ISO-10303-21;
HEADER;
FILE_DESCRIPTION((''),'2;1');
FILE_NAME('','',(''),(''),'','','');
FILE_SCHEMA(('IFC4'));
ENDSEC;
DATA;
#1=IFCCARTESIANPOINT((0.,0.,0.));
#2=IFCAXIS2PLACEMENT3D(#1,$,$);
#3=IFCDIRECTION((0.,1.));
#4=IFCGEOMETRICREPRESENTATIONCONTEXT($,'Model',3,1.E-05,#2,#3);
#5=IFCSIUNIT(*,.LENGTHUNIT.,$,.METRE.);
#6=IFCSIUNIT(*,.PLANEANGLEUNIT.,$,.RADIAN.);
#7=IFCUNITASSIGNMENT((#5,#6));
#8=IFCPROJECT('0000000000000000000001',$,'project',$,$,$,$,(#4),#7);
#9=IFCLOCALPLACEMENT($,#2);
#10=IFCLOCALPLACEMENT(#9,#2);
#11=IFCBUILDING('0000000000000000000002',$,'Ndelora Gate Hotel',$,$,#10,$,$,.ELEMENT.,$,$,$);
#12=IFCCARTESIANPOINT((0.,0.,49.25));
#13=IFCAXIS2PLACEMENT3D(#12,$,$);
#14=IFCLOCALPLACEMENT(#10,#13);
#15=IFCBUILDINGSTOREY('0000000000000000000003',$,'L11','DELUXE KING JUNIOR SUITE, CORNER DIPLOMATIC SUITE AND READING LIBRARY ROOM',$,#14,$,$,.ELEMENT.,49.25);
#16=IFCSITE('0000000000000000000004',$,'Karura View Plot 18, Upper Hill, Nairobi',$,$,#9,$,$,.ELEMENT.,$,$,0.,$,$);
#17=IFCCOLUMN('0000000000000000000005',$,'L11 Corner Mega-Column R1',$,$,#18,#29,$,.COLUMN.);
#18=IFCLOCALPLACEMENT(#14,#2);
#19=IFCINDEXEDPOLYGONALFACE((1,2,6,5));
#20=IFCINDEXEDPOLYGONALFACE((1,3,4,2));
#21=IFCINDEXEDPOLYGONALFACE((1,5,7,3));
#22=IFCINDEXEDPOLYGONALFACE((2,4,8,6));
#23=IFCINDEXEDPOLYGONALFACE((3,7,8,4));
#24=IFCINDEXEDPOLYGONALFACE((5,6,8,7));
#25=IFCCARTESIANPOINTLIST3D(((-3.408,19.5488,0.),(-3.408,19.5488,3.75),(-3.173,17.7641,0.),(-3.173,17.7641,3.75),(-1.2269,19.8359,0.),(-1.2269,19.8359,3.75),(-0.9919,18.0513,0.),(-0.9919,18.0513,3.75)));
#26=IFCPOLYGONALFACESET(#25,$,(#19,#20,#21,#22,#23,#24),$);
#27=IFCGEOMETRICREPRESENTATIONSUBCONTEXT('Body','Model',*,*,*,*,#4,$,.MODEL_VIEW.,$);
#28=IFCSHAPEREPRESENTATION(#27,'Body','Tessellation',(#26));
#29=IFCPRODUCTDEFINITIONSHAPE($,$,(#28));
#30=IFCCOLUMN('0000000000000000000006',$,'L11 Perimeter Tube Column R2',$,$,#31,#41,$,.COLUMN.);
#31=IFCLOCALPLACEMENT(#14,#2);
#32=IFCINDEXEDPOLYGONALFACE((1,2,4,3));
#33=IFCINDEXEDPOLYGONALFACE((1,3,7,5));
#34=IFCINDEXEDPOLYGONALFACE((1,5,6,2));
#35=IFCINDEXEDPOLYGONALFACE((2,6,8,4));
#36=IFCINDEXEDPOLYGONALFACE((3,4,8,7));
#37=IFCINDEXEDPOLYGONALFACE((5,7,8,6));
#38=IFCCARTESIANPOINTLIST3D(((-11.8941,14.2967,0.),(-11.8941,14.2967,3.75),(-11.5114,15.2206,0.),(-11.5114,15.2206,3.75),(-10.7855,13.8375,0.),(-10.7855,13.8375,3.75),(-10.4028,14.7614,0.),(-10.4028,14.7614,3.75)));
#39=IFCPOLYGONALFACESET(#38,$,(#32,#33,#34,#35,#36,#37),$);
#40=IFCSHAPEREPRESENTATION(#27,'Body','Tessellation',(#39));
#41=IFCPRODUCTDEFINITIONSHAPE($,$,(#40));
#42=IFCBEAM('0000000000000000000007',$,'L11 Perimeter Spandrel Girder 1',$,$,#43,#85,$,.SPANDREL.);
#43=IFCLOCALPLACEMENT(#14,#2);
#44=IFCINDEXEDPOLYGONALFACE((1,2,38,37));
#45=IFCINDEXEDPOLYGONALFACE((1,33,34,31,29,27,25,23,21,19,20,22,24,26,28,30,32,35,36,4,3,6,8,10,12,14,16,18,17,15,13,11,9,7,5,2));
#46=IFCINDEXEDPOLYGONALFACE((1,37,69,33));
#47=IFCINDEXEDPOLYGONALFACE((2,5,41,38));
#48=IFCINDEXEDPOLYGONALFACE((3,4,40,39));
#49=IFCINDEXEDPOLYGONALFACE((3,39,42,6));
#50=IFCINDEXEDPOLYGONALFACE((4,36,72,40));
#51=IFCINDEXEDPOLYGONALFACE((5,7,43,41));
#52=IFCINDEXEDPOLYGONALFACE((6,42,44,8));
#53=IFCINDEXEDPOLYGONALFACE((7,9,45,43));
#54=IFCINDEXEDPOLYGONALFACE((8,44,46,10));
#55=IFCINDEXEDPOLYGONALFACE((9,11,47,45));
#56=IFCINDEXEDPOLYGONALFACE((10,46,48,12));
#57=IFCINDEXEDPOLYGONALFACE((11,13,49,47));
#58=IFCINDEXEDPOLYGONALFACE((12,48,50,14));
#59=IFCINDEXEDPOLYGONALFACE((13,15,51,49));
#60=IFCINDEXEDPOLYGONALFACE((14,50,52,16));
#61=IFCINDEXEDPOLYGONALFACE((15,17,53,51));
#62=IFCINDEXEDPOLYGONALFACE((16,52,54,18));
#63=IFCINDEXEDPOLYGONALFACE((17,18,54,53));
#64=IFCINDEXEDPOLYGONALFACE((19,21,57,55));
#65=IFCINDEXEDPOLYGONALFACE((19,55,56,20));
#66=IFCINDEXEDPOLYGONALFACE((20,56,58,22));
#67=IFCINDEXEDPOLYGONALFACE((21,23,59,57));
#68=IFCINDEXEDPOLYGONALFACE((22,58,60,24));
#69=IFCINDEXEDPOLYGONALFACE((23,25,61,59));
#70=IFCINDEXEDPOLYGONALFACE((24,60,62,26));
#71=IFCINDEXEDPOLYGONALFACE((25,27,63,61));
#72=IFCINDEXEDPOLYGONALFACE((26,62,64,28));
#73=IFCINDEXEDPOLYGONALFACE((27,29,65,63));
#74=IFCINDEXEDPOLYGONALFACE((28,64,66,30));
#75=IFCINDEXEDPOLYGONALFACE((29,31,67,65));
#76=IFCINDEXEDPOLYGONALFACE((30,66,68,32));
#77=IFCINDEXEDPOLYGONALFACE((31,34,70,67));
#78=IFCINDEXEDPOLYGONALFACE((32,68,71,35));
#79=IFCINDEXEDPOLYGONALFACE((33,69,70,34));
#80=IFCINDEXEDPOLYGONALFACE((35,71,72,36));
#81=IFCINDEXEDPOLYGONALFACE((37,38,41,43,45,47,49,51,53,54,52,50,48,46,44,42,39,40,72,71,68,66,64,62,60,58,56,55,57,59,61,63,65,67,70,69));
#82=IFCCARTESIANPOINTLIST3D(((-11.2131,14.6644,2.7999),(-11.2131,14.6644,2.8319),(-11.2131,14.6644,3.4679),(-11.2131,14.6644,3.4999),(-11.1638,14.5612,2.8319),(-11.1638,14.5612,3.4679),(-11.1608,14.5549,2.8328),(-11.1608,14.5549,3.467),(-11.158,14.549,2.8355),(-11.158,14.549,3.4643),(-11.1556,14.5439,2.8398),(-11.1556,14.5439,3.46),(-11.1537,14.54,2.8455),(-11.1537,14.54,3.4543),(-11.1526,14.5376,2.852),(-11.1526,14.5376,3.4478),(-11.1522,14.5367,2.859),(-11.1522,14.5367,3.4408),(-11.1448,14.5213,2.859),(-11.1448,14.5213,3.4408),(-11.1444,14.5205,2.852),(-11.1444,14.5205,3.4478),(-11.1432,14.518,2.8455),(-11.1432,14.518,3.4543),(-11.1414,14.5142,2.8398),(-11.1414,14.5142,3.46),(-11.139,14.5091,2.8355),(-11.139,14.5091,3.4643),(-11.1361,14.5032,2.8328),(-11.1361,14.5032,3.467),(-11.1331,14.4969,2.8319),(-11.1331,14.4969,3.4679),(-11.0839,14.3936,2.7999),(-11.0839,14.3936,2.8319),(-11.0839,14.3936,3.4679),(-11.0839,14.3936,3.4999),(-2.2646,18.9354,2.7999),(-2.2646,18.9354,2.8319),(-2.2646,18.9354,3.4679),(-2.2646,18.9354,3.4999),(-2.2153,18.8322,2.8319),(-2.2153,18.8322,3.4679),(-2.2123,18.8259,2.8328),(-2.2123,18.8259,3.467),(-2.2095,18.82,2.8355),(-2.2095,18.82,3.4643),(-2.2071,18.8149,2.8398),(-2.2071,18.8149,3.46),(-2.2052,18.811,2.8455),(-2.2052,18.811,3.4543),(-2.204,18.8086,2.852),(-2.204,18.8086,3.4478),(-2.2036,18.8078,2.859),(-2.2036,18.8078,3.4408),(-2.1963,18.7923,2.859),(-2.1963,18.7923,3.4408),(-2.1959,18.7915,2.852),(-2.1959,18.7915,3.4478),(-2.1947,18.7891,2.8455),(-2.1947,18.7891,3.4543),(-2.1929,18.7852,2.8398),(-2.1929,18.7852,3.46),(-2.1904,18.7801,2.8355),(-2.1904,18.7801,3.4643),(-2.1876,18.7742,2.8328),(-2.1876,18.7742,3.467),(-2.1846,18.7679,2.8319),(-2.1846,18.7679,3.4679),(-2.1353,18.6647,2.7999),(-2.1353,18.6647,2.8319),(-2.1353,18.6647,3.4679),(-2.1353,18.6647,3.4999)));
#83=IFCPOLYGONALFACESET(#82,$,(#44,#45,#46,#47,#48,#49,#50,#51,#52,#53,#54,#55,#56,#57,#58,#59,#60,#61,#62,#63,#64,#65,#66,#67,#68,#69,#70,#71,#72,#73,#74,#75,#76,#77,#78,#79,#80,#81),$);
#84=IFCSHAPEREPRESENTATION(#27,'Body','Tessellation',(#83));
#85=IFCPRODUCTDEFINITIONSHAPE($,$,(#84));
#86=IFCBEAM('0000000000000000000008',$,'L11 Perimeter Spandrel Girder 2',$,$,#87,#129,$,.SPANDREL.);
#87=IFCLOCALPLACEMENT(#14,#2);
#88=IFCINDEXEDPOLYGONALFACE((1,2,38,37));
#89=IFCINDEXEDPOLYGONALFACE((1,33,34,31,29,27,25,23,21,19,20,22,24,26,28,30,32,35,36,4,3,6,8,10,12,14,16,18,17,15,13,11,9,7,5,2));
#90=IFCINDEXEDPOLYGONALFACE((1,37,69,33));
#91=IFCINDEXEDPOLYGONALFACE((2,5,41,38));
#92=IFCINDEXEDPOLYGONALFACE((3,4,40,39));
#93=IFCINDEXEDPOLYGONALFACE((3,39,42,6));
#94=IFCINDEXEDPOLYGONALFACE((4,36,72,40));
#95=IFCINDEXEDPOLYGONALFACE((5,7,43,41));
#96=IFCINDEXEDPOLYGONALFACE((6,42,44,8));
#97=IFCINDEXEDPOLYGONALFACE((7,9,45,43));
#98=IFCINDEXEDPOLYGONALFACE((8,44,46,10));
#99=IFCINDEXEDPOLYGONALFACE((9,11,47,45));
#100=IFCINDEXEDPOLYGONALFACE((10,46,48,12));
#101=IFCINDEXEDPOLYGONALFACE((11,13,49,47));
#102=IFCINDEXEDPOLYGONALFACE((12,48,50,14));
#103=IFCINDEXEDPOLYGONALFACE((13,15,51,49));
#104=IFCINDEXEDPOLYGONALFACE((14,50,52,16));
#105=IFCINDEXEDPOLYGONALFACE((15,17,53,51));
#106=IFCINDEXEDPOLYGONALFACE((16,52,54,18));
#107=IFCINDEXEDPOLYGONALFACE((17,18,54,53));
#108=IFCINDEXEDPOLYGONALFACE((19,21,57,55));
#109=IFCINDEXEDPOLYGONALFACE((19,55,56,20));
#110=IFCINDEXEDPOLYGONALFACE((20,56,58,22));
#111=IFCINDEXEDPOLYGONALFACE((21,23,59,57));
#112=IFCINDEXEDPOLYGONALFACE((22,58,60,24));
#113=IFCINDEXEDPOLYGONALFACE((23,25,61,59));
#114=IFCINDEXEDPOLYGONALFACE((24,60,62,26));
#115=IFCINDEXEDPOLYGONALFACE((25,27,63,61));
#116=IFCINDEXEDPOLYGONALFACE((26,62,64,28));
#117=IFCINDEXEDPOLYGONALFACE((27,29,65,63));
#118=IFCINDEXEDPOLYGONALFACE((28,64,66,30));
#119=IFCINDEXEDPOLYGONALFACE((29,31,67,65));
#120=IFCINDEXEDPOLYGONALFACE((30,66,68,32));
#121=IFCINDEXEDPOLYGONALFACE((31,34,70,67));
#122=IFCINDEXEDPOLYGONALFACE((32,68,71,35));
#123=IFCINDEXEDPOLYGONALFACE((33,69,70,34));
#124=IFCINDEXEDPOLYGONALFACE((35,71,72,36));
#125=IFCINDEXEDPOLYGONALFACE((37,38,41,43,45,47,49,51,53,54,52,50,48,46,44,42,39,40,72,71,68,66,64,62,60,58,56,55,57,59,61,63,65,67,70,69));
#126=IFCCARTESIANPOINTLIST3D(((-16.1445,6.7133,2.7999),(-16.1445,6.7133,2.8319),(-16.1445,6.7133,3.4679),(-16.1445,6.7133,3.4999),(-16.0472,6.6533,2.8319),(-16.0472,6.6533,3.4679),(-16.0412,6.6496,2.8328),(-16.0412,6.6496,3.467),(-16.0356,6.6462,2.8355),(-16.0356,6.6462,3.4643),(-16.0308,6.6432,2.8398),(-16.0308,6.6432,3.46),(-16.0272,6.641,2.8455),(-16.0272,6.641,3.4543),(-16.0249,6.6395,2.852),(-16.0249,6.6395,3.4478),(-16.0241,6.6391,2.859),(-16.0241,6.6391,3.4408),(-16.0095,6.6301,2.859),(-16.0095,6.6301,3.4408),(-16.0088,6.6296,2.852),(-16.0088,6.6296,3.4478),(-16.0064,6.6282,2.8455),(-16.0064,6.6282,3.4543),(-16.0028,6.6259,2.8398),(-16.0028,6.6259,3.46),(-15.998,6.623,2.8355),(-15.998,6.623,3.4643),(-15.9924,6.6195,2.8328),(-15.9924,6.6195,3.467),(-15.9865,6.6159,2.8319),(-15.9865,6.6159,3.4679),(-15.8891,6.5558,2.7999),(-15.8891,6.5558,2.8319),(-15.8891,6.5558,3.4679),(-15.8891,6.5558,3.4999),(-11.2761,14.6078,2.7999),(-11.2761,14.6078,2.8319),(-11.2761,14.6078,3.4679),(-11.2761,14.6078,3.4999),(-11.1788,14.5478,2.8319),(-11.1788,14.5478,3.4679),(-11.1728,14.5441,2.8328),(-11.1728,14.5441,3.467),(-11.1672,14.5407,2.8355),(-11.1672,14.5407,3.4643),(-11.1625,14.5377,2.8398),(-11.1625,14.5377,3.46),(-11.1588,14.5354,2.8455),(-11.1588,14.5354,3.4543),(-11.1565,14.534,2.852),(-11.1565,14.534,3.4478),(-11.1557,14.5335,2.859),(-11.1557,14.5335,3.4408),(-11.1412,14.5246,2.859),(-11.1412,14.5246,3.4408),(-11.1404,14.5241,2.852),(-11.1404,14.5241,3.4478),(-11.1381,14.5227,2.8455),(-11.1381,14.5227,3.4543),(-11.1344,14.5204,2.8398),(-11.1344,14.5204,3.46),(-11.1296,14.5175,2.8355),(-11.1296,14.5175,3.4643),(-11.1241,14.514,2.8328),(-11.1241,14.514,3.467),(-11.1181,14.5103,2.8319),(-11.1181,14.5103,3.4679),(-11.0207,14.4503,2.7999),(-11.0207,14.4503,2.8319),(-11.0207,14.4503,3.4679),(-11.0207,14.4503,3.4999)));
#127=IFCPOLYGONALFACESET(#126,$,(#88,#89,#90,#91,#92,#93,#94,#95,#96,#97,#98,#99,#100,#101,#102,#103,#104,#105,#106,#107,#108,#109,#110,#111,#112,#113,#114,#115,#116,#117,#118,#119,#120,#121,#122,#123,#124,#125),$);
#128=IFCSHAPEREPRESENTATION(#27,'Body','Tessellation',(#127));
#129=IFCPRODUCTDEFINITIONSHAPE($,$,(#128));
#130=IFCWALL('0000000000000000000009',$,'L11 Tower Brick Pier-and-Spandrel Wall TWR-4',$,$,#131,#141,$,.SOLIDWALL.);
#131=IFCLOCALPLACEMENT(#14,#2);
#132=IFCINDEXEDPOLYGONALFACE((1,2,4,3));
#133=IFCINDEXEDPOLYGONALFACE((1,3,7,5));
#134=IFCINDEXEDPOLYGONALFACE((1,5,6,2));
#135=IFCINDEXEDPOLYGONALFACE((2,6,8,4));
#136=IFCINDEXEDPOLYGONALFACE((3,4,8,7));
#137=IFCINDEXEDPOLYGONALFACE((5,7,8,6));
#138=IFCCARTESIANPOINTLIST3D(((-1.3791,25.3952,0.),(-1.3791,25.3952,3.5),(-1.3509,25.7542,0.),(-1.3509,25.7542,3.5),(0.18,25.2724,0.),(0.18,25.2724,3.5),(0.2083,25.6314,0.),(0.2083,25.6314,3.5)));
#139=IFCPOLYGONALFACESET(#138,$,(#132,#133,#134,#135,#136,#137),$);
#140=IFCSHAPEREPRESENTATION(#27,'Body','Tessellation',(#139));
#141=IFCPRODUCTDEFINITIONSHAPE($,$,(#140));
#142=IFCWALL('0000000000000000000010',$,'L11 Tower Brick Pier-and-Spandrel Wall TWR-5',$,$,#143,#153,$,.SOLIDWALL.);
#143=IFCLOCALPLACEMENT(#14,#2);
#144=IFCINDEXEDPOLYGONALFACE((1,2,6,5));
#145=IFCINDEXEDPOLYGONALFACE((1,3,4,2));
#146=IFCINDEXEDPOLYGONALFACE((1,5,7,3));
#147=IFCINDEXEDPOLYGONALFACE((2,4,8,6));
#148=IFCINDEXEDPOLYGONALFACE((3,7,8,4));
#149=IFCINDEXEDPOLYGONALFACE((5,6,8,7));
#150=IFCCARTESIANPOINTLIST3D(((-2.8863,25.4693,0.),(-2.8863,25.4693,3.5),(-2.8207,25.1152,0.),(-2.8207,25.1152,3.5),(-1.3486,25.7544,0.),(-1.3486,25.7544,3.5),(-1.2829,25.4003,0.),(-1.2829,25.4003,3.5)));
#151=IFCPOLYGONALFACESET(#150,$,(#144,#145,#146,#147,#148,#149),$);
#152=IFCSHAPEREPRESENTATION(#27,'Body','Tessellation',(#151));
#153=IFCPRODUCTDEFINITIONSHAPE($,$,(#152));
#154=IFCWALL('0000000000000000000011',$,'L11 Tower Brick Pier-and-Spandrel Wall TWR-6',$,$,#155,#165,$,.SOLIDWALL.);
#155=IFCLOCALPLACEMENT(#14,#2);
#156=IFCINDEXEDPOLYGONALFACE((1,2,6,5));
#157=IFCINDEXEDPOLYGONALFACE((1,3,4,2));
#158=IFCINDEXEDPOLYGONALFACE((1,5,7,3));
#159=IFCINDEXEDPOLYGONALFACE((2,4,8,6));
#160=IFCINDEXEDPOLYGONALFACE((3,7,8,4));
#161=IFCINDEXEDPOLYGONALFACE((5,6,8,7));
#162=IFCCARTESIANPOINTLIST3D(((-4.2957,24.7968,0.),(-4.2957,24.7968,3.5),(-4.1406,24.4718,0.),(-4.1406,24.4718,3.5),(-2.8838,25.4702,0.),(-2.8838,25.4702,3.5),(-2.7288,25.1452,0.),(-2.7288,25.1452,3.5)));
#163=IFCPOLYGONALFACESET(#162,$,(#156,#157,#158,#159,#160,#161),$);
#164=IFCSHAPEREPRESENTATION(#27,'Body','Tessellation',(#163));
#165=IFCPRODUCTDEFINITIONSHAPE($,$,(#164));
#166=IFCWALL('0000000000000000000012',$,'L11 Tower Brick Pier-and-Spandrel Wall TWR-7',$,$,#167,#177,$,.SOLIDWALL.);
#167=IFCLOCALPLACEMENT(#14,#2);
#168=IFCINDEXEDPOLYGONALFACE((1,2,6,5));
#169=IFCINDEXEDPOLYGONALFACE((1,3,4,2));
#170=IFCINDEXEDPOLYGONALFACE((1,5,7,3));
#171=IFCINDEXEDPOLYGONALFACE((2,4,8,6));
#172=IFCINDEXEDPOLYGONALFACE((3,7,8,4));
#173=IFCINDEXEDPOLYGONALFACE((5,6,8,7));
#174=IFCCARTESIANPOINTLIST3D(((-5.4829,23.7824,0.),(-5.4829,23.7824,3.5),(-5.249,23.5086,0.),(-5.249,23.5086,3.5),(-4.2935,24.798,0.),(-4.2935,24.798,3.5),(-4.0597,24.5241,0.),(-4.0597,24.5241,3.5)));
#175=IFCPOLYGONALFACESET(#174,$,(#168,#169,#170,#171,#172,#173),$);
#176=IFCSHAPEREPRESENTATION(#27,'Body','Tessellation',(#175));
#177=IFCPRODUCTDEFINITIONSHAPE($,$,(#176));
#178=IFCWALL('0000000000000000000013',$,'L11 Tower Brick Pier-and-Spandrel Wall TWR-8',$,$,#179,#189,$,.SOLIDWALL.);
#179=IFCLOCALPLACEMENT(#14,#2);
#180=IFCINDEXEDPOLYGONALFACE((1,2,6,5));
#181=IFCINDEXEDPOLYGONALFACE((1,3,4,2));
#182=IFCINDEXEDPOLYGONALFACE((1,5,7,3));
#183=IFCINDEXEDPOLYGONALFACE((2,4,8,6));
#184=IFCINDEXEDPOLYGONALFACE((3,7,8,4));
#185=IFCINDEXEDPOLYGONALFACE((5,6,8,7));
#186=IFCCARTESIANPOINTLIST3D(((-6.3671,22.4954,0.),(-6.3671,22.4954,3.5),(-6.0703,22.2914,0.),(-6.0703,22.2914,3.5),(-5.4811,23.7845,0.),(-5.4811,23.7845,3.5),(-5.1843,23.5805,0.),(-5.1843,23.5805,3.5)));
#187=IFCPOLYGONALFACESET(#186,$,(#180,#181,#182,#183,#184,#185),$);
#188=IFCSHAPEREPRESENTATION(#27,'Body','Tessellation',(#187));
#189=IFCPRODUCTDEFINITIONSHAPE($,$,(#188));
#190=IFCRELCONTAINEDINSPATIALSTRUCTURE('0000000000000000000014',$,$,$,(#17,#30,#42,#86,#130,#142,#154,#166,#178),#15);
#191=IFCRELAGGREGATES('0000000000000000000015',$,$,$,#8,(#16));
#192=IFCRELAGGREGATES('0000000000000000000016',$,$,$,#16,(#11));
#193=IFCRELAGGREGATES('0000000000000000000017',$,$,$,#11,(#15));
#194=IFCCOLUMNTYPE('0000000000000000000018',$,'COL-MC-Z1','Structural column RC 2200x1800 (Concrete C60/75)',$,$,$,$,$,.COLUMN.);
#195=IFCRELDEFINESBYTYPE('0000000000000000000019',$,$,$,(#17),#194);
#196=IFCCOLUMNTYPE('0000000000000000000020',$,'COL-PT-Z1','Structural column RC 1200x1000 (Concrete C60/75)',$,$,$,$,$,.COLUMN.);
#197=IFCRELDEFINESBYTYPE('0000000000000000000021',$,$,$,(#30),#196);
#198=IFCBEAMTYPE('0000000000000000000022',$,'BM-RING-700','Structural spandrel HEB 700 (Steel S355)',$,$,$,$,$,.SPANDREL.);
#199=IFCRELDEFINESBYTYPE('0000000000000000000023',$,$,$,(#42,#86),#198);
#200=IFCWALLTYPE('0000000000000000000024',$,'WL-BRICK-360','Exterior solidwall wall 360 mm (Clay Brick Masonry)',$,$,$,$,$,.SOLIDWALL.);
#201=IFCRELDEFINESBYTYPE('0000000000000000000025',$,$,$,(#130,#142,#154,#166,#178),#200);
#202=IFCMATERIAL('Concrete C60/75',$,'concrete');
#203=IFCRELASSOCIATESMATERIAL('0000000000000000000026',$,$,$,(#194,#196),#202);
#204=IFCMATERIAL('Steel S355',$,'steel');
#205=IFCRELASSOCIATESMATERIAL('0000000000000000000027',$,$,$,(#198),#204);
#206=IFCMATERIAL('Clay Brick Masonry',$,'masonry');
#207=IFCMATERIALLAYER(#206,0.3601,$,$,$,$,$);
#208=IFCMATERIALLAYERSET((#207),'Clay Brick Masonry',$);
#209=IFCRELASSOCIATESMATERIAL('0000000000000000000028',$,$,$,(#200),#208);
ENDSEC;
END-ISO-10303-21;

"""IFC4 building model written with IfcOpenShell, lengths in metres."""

from ifc_helpers import new_model, si_unit, direction, frame, frame_2d, origin, origin_2d, place, context, subcontext, project, spatial, rectangle, i_section, extrude, material, layer, layer_set, material_profile, profile_set, type_object, element, save


model = new_model("IFC4")

# Units and contexts
model_context = context("Model", 3, precision=1e-05, world=origin(), true_north=direction((0.0, 1.0)))
body_context = subcontext(model_context, "Body", "Model", "MODEL_VIEW")
ifc_project = project(units=[si_unit("LENGTHUNIT", "METRE"), si_unit("PLANEANGLEUNIT", "RADIAN")], contexts=[model_context])

# Site, building, storey
site_placement = place(None, origin())
site = spatial("IfcSite", under=ifc_project, at=site_placement, Name="Karura View Plot 18, Upper Hill, Nairobi", CompositionType="ELEMENT", RefElevation=0.0)
building_placement = place(site_placement, origin())
building = spatial("IfcBuilding", under=site, at=building_placement, Name="Ndelora Gate Hotel", CompositionType="ELEMENT")
storey_placement = place(building_placement, frame((0.0, 0.0, 49.25)))
storey = spatial("IfcBuildingStorey", under=building, at=storey_placement, Name="L11", Description="DELUXE KING JUNIOR SUITE, CORNER DIPLOMATIC SUITE AND READING LIBRARY ROOM", CompositionType="ELEMENT", Elevation=49.25)

# Columns
ifc_material_1 = material(Name="Concrete C60/75", Category="concrete")
ifc_material_profile_1 = material_profile(ifc_material_1, rectangle(XDim=1.8, YDim=2.2, at=origin_2d()), Name="RC 2200x1800")
ifc_profile_set_1 = profile_set([ifc_material_profile_1], Name="Concrete C60/75")
column_type_1 = type_object("IfcColumnType", Name="COL-MC-Z1", Description="Structural column RC 2200x1800 (Concrete C60/75)", PredefinedType="COLUMN", material=ifc_profile_set_1)
column_1_placement = place(storey_placement, frame((-2.2, 18.8, 0.0), z_axis=(0.0, 0.0, 1.0), x_axis=(-0.130526, 0.991445, 0.0)))
element("IfcColumn", 1, at=column_1_placement, inside=storey, type_object=column_type_1, Name="L11 Corner Mega-Column R1", PredefinedType="COLUMN", context=body_context, shape_type="SweptSolid", body=[
    extrude(rectangle(XDim=1.8, YDim=2.2, at=origin_2d()), origin(), (0.0, 0.0, 1.0), 3.75),
])
ifc_material_profile_2 = material_profile(ifc_material_1, rectangle(XDim=1.0, YDim=1.2, at=origin_2d()), Name="RC 1200x1000")
ifc_profile_set_2 = profile_set([ifc_material_profile_2], Name="Concrete C60/75")
column_type_2 = type_object("IfcColumnType", Name="COL-PT-Z1", Description="Structural column RC 1200x1000 (Concrete C60/75)", PredefinedType="COLUMN", material=ifc_profile_set_2)
column_2_placement = place(storey_placement, frame((-11.1484, 14.5291, 0.0), z_axis=(0.0, 0.0, 1.0), x_axis=(0.382683, 0.92388, 0.0)))
element("IfcColumn", 2, at=column_2_placement, inside=storey, type_object=column_type_2, Name="L11 Perimeter Tube Column R2", PredefinedType="COLUMN", context=body_context, shape_type="SweptSolid", body=[
    extrude(rectangle(XDim=1.0, YDim=1.2, at=origin_2d()), origin(), (0.0, 0.0, 1.0), 3.75),
])

# Beams
ifc_material_2 = material(Name="Steel S355", Category="steel")
ifc_material_profile_3 = material_profile(ifc_material_2, i_section(OverallWidth=0.3, OverallDepth=0.7, WebThickness=0.0171, FlangeThickness=0.032, FilletRadius=0.0271, at=origin_2d()), Name="HEB 700")
ifc_profile_set_3 = profile_set([ifc_material_profile_3], Name="Steel S355")
beam_type = type_object("IfcBeamType", Name="BM-RING-700", Description="Structural spandrel HEB 700 (Steel S355)", PredefinedType="SPANDREL", material=ifc_profile_set_3)
beam_1_placement = place(storey_placement, frame((-2.2, 18.8, 3.1499), z_axis=(-0.902476, -0.43074, 0.0), x_axis=(0.43074, -0.902476, 0.0)))
element("IfcBeam", 3, at=beam_1_placement, inside=storey, type_object=beam_type, Name="L11 Perimeter Spandrel Girder 1", PredefinedType="SPANDREL", context=body_context, shape_type="SweptSolid", body=[
    extrude(i_section(OverallWidth=0.3, OverallDepth=0.7, WebThickness=0.0171, FlangeThickness=0.032, FilletRadius=0.0271, at=origin_2d()), origin(), (0.0, 0.0, 1.0), 9.9155),
])
beam_2_placement = place(storey_placement, frame((-11.1484, 14.5291, 3.1499), z_axis=(-0.524898, -0.851165, 0.0), x_axis=(0.851165, -0.524898, 0.0)))
element("IfcBeam", 4, at=beam_2_placement, inside=storey, type_object=beam_type, Name="L11 Perimeter Spandrel Girder 2", PredefinedType="SPANDREL", context=body_context, shape_type="SweptSolid", body=[
    extrude(i_section(OverallWidth=0.3, OverallDepth=0.7, WebThickness=0.0171, FlangeThickness=0.032, FilletRadius=0.0271, at=origin_2d()), origin(), (0.0, 0.0, 1.0), 9.2749),
])

# Walls
ifc_material_3 = material(Name="Clay Brick Masonry", Category="masonry")
ifc_layer_1 = layer(ifc_material_3, 0.3601)
ifc_layer_set_1 = layer_set([ifc_layer_1], Name="Clay Brick Masonry")
wall_type_1 = type_object("IfcWallType", Name="WL-BRICK-360", Description="Exterior solidwall wall 360 mm (Clay Brick Masonry)", PredefinedType="SOLIDWALL", material=ifc_layer_set_1)
for number, where, z_axis, x_axis, name in (
    (5, (-1.365, 25.5747, 0.0), (0.0, 0.0, 1.0), (0.996912, -0.078523, 0.0), "L11 Tower Brick Pier-and-Spandrel Wall TWR-4"),
    (6, (-2.8535, 25.2922, 0.0), (0.0, 0.0, 1.0), (0.98324, 0.182318, 0.0), "L11 Tower Brick Pier-and-Spandrel Wall TWR-5"),
):
    element("IfcWall", number, at=place(storey_placement, frame(where, z_axis=z_axis, x_axis=x_axis)), inside=storey, type_object=wall_type_1, Name=name, PredefinedType="SOLIDWALL", context=body_context, shape_type="SweptSolid", body=[
        extrude(rectangle(XDim=1.564, YDim=0.3601, at=frame_2d((0.782, 0.0))), origin(), (0.0, 0.0, 1.0), 3.5),
    ])
wall_1_placement = place(storey_placement, frame((-4.2183, 24.6343, 0.0), z_axis=(0.0, 0.0, 1.0), x_axis=(0.902606, 0.430467, 0.0)))
element("IfcWall", 7, at=wall_1_placement, inside=storey, type_object=wall_type_1, Name="L11 Tower Brick Pier-and-Spandrel Wall TWR-6", PredefinedType="SOLIDWALL", context=body_context, shape_type="SweptSolid", body=[
    extrude(rectangle(XDim=1.5642, YDim=0.3601, at=frame_2d((0.7822, 0.0))), origin(), (0.0, 0.0, 1.0), 3.5),
])
wall_2_placement = place(storey_placement, frame((-5.366, 23.6455, 0.0), z_axis=(0.0, 0.0, 1.0), x_axis=(0.760489, 0.64935, 0.0)))
element("IfcWall", 8, at=wall_2_placement, inside=storey, type_object=wall_type_1, Name="L11 Tower Brick Pier-and-Spandrel Wall TWR-7", PredefinedType="SOLIDWALL", context=body_context, shape_type="SweptSolid", body=[
    extrude(rectangle(XDim=1.564, YDim=0.3601, at=frame_2d((0.782, 0.0))), origin(), (0.0, 0.0, 1.0), 3.5),
])
wall_3_placement = place(storey_placement, frame((-6.2188, 22.3933, 0.0), z_axis=(0.0, 0.0, 1.0), x_axis=(0.566423, 0.824115, 0.0)))
element("IfcWall", 9, at=wall_3_placement, inside=storey, type_object=wall_type_1, Name="L11 Tower Brick Pier-and-Spandrel Wall TWR-8", PredefinedType="SOLIDWALL", context=body_context, shape_type="SweptSolid", body=[
    extrude(rectangle(XDim=1.5642, YDim=0.3601, at=frame_2d((0.7822, 0.0))), origin(), (0.0, 0.0, 1.0), 3.5),
])

save(model, "model.ifc")
